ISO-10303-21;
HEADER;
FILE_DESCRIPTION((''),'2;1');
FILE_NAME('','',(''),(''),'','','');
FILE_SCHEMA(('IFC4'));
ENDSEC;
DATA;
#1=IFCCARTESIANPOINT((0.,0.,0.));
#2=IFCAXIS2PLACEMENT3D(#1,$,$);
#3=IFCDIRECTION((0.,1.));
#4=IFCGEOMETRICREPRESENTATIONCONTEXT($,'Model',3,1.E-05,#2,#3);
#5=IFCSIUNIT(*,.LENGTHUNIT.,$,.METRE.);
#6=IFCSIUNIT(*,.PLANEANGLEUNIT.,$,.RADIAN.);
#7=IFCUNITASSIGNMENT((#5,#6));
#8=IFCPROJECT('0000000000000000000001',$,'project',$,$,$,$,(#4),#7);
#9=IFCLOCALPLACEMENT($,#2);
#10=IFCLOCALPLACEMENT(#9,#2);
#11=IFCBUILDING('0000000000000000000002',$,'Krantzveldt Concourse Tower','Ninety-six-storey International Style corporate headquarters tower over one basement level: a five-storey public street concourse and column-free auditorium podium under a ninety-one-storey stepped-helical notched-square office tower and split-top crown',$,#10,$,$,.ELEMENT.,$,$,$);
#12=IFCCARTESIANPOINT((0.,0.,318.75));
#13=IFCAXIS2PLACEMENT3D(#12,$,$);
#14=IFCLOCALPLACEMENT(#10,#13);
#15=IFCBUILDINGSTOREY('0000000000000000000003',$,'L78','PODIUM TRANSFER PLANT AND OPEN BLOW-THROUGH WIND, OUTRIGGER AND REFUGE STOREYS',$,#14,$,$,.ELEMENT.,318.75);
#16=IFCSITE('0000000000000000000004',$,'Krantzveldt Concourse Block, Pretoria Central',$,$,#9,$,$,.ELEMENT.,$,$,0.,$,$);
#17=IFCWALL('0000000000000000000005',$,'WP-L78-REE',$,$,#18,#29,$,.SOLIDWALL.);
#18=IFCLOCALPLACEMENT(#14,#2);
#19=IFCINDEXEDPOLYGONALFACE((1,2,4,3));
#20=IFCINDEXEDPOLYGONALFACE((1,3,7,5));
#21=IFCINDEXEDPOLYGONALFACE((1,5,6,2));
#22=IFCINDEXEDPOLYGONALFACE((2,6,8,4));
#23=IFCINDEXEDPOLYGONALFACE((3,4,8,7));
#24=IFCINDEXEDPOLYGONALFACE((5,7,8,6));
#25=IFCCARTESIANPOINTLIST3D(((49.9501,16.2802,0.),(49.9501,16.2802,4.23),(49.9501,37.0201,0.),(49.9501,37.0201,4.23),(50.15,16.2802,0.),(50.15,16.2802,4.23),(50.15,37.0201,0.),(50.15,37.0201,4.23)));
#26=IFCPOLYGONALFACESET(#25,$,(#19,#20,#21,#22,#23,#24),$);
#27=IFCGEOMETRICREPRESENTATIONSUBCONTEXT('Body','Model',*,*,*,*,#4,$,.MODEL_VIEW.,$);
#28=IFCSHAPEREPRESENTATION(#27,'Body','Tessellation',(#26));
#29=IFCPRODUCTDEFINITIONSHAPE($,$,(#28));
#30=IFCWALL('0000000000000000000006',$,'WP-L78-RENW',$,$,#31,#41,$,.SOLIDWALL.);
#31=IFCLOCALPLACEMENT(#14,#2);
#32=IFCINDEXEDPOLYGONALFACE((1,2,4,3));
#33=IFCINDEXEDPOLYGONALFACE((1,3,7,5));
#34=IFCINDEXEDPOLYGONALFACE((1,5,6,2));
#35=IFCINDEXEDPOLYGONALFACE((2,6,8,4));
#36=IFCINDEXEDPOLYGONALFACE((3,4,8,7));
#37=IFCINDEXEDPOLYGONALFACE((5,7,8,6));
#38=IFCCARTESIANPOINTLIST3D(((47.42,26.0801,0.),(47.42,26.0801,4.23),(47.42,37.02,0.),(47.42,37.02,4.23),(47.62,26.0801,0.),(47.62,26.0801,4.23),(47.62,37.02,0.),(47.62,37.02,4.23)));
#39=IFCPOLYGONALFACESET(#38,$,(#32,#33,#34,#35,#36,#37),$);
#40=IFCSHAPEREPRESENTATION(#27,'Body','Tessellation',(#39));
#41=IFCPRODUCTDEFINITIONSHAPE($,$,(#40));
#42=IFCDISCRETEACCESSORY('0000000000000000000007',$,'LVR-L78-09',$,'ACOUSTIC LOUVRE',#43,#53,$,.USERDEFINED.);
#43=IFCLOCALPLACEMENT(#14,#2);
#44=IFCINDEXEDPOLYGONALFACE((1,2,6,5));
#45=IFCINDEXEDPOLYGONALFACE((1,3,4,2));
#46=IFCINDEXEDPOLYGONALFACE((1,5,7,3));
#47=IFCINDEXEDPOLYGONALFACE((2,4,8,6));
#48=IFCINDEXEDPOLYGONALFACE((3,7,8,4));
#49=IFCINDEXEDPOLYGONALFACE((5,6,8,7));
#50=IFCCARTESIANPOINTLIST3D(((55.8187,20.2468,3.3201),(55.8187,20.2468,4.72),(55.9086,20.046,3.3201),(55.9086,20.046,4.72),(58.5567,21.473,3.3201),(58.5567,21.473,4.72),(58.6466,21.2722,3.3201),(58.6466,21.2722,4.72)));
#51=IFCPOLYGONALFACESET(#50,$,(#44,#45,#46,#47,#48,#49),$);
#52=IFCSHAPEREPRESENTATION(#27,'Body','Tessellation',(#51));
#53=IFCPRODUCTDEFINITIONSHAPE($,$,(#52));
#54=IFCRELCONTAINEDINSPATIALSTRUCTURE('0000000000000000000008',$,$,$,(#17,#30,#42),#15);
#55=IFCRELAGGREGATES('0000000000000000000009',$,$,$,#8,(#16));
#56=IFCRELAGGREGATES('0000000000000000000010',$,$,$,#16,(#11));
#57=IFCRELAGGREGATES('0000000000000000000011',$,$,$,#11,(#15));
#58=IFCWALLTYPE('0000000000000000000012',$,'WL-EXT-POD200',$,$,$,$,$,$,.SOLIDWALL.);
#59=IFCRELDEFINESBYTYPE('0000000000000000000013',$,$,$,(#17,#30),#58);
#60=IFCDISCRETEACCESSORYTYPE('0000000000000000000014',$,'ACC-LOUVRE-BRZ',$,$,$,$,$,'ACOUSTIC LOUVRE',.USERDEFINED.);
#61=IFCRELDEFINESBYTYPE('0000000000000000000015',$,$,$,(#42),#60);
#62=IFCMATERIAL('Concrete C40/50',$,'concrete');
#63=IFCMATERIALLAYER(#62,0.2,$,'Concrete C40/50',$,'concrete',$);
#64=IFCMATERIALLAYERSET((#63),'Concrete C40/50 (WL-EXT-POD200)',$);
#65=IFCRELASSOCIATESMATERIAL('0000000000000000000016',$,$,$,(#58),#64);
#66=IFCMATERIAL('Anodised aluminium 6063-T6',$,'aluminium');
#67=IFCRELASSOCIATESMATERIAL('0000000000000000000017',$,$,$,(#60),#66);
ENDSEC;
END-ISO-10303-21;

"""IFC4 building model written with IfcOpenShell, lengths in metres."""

from ifc_helpers import new_model, si_unit, direction, frame, frame_2d, origin, origin_2d, place, context, subcontext, project, spatial, rectangle, extrude, source, transform, mapped, material, layer, layer_set, type_object, type_shapes, element, save


model = new_model("IFC4")

# Units and contexts
model_context = context("Model", 3, precision=1e-05, world=origin(), true_north=direction((0.0, 1.0)))
body_context = subcontext(model_context, "Body", "Model", "MODEL_VIEW")
ifc_project = project(units=[si_unit("LENGTHUNIT", "METRE"), si_unit("PLANEANGLEUNIT", "RADIAN")], contexts=[model_context])

# Site, building, storey
site_placement = place(None, origin())
site = spatial("IfcSite", under=ifc_project, at=site_placement, Name="Krantzveldt Concourse Block, Pretoria Central", CompositionType="ELEMENT", RefElevation=0.0)
building_placement = place(site_placement, origin())
building = spatial("IfcBuilding", under=site, at=building_placement, Name="Krantzveldt Concourse Tower", Description="Ninety-six-storey International Style corporate headquarters tower over one basement level: a five-storey public street concourse and column-free auditorium podium under a ninety-one-storey stepped-helical notched-square office tower and split-top crown", CompositionType="ELEMENT")
storey_placement = place(building_placement, frame((0.0, 0.0, 318.75)))
storey = spatial("IfcBuildingStorey", under=building, at=storey_placement, Name="L78", Description="PODIUM TRANSFER PLANT AND OPEN BLOW-THROUGH WIND, OUTRIGGER AND REFUGE STOREYS", CompositionType="ELEMENT", Elevation=318.75)

# Walls
ifc_material_1 = material(Name="Concrete C40/50", Category="concrete")
ifc_layer_1 = layer(ifc_material_1, 0.2, Name="Concrete C40/50", Category="concrete")
ifc_layer_set_1 = layer_set([ifc_layer_1], Name="Concrete C40/50 (WL-EXT-POD200)")
wall_type = type_object("IfcWallType", Name="WL-EXT-POD200", PredefinedType="SOLIDWALL", material=ifc_layer_set_1)
wall_1_placement = place(storey_placement, frame((50.05, 16.28, 0.0), z_axis=(0.0, 0.0, 1.0), x_axis=(0.0, 1.0, 0.0)))
element("IfcWall", 1, at=wall_1_placement, inside=storey, type_object=wall_type, Name="WP-L78-REE", PredefinedType="SOLIDWALL", context=body_context, shape_type="SweptSolid", body=[
    extrude(rectangle(XDim=20.74, YDim=0.2, at=frame_2d((10.3701, 0.0))), origin(), (0.0, 0.0, 1.0), 4.23),
])
wall_2_placement = place(storey_placement, frame((47.52, 26.0801, 0.0), z_axis=(0.0, 0.0, 1.0), x_axis=(0.0, 1.0, 0.0)))
element("IfcWall", 2, at=wall_2_placement, inside=storey, type_object=wall_type, Name="WP-L78-RENW", PredefinedType="SOLIDWALL", context=body_context, shape_type="SweptSolid", body=[
    extrude(rectangle(XDim=10.9399, YDim=0.2, at=frame_2d((5.47, 0.0))), origin(), (0.0, 0.0, 1.0), 4.23),
])

# Discrete accessory
ifc_material_2 = material(Name="Anodised aluminium 6063-T6", Category="aluminium")
discrete_accessory_type = type_object("IfcDiscreteAccessoryType", Name="ACC-LOUVRE-BRZ", ElementType="ACOUSTIC LOUVRE", PredefinedType="USERDEFINED", material=ifc_material_2)
shared_shape_1 = source(origin(), body_context, "Body", "SweptSolid", [
    extrude(rectangle(XDim=3.0, YDim=0.22, at=origin_2d()), origin(), (0.0, 0.0, 1.0), 1.3999),
])
type_shapes(discrete_accessory_type, [shared_shape_1])
discrete_accessory_placement = place(storey_placement, frame((57.2327, 20.7595, 3.3201), z_axis=(0.0, 0.0, 1.0), x_axis=(0.912656, 0.408729, 0.0)))
element("IfcDiscreteAccessory", 3, at=discrete_accessory_placement, inside=storey, type_object=discrete_accessory_type, Name="LVR-L78-09", ObjectType="ACOUSTIC LOUVRE", PredefinedType="USERDEFINED", context=body_context, shape_type="MappedRepresentation", body=[
    mapped(shared_shape_1, transform((0.0, 0.0, 0.0), x_axis=(1.0, 0.0, 0.0), y_axis=(0.0, 1.0, 0.0), z_axis=(0.0, 0.0, 1.0), scale=1.0)),
])

save(model, "model.ifc")
